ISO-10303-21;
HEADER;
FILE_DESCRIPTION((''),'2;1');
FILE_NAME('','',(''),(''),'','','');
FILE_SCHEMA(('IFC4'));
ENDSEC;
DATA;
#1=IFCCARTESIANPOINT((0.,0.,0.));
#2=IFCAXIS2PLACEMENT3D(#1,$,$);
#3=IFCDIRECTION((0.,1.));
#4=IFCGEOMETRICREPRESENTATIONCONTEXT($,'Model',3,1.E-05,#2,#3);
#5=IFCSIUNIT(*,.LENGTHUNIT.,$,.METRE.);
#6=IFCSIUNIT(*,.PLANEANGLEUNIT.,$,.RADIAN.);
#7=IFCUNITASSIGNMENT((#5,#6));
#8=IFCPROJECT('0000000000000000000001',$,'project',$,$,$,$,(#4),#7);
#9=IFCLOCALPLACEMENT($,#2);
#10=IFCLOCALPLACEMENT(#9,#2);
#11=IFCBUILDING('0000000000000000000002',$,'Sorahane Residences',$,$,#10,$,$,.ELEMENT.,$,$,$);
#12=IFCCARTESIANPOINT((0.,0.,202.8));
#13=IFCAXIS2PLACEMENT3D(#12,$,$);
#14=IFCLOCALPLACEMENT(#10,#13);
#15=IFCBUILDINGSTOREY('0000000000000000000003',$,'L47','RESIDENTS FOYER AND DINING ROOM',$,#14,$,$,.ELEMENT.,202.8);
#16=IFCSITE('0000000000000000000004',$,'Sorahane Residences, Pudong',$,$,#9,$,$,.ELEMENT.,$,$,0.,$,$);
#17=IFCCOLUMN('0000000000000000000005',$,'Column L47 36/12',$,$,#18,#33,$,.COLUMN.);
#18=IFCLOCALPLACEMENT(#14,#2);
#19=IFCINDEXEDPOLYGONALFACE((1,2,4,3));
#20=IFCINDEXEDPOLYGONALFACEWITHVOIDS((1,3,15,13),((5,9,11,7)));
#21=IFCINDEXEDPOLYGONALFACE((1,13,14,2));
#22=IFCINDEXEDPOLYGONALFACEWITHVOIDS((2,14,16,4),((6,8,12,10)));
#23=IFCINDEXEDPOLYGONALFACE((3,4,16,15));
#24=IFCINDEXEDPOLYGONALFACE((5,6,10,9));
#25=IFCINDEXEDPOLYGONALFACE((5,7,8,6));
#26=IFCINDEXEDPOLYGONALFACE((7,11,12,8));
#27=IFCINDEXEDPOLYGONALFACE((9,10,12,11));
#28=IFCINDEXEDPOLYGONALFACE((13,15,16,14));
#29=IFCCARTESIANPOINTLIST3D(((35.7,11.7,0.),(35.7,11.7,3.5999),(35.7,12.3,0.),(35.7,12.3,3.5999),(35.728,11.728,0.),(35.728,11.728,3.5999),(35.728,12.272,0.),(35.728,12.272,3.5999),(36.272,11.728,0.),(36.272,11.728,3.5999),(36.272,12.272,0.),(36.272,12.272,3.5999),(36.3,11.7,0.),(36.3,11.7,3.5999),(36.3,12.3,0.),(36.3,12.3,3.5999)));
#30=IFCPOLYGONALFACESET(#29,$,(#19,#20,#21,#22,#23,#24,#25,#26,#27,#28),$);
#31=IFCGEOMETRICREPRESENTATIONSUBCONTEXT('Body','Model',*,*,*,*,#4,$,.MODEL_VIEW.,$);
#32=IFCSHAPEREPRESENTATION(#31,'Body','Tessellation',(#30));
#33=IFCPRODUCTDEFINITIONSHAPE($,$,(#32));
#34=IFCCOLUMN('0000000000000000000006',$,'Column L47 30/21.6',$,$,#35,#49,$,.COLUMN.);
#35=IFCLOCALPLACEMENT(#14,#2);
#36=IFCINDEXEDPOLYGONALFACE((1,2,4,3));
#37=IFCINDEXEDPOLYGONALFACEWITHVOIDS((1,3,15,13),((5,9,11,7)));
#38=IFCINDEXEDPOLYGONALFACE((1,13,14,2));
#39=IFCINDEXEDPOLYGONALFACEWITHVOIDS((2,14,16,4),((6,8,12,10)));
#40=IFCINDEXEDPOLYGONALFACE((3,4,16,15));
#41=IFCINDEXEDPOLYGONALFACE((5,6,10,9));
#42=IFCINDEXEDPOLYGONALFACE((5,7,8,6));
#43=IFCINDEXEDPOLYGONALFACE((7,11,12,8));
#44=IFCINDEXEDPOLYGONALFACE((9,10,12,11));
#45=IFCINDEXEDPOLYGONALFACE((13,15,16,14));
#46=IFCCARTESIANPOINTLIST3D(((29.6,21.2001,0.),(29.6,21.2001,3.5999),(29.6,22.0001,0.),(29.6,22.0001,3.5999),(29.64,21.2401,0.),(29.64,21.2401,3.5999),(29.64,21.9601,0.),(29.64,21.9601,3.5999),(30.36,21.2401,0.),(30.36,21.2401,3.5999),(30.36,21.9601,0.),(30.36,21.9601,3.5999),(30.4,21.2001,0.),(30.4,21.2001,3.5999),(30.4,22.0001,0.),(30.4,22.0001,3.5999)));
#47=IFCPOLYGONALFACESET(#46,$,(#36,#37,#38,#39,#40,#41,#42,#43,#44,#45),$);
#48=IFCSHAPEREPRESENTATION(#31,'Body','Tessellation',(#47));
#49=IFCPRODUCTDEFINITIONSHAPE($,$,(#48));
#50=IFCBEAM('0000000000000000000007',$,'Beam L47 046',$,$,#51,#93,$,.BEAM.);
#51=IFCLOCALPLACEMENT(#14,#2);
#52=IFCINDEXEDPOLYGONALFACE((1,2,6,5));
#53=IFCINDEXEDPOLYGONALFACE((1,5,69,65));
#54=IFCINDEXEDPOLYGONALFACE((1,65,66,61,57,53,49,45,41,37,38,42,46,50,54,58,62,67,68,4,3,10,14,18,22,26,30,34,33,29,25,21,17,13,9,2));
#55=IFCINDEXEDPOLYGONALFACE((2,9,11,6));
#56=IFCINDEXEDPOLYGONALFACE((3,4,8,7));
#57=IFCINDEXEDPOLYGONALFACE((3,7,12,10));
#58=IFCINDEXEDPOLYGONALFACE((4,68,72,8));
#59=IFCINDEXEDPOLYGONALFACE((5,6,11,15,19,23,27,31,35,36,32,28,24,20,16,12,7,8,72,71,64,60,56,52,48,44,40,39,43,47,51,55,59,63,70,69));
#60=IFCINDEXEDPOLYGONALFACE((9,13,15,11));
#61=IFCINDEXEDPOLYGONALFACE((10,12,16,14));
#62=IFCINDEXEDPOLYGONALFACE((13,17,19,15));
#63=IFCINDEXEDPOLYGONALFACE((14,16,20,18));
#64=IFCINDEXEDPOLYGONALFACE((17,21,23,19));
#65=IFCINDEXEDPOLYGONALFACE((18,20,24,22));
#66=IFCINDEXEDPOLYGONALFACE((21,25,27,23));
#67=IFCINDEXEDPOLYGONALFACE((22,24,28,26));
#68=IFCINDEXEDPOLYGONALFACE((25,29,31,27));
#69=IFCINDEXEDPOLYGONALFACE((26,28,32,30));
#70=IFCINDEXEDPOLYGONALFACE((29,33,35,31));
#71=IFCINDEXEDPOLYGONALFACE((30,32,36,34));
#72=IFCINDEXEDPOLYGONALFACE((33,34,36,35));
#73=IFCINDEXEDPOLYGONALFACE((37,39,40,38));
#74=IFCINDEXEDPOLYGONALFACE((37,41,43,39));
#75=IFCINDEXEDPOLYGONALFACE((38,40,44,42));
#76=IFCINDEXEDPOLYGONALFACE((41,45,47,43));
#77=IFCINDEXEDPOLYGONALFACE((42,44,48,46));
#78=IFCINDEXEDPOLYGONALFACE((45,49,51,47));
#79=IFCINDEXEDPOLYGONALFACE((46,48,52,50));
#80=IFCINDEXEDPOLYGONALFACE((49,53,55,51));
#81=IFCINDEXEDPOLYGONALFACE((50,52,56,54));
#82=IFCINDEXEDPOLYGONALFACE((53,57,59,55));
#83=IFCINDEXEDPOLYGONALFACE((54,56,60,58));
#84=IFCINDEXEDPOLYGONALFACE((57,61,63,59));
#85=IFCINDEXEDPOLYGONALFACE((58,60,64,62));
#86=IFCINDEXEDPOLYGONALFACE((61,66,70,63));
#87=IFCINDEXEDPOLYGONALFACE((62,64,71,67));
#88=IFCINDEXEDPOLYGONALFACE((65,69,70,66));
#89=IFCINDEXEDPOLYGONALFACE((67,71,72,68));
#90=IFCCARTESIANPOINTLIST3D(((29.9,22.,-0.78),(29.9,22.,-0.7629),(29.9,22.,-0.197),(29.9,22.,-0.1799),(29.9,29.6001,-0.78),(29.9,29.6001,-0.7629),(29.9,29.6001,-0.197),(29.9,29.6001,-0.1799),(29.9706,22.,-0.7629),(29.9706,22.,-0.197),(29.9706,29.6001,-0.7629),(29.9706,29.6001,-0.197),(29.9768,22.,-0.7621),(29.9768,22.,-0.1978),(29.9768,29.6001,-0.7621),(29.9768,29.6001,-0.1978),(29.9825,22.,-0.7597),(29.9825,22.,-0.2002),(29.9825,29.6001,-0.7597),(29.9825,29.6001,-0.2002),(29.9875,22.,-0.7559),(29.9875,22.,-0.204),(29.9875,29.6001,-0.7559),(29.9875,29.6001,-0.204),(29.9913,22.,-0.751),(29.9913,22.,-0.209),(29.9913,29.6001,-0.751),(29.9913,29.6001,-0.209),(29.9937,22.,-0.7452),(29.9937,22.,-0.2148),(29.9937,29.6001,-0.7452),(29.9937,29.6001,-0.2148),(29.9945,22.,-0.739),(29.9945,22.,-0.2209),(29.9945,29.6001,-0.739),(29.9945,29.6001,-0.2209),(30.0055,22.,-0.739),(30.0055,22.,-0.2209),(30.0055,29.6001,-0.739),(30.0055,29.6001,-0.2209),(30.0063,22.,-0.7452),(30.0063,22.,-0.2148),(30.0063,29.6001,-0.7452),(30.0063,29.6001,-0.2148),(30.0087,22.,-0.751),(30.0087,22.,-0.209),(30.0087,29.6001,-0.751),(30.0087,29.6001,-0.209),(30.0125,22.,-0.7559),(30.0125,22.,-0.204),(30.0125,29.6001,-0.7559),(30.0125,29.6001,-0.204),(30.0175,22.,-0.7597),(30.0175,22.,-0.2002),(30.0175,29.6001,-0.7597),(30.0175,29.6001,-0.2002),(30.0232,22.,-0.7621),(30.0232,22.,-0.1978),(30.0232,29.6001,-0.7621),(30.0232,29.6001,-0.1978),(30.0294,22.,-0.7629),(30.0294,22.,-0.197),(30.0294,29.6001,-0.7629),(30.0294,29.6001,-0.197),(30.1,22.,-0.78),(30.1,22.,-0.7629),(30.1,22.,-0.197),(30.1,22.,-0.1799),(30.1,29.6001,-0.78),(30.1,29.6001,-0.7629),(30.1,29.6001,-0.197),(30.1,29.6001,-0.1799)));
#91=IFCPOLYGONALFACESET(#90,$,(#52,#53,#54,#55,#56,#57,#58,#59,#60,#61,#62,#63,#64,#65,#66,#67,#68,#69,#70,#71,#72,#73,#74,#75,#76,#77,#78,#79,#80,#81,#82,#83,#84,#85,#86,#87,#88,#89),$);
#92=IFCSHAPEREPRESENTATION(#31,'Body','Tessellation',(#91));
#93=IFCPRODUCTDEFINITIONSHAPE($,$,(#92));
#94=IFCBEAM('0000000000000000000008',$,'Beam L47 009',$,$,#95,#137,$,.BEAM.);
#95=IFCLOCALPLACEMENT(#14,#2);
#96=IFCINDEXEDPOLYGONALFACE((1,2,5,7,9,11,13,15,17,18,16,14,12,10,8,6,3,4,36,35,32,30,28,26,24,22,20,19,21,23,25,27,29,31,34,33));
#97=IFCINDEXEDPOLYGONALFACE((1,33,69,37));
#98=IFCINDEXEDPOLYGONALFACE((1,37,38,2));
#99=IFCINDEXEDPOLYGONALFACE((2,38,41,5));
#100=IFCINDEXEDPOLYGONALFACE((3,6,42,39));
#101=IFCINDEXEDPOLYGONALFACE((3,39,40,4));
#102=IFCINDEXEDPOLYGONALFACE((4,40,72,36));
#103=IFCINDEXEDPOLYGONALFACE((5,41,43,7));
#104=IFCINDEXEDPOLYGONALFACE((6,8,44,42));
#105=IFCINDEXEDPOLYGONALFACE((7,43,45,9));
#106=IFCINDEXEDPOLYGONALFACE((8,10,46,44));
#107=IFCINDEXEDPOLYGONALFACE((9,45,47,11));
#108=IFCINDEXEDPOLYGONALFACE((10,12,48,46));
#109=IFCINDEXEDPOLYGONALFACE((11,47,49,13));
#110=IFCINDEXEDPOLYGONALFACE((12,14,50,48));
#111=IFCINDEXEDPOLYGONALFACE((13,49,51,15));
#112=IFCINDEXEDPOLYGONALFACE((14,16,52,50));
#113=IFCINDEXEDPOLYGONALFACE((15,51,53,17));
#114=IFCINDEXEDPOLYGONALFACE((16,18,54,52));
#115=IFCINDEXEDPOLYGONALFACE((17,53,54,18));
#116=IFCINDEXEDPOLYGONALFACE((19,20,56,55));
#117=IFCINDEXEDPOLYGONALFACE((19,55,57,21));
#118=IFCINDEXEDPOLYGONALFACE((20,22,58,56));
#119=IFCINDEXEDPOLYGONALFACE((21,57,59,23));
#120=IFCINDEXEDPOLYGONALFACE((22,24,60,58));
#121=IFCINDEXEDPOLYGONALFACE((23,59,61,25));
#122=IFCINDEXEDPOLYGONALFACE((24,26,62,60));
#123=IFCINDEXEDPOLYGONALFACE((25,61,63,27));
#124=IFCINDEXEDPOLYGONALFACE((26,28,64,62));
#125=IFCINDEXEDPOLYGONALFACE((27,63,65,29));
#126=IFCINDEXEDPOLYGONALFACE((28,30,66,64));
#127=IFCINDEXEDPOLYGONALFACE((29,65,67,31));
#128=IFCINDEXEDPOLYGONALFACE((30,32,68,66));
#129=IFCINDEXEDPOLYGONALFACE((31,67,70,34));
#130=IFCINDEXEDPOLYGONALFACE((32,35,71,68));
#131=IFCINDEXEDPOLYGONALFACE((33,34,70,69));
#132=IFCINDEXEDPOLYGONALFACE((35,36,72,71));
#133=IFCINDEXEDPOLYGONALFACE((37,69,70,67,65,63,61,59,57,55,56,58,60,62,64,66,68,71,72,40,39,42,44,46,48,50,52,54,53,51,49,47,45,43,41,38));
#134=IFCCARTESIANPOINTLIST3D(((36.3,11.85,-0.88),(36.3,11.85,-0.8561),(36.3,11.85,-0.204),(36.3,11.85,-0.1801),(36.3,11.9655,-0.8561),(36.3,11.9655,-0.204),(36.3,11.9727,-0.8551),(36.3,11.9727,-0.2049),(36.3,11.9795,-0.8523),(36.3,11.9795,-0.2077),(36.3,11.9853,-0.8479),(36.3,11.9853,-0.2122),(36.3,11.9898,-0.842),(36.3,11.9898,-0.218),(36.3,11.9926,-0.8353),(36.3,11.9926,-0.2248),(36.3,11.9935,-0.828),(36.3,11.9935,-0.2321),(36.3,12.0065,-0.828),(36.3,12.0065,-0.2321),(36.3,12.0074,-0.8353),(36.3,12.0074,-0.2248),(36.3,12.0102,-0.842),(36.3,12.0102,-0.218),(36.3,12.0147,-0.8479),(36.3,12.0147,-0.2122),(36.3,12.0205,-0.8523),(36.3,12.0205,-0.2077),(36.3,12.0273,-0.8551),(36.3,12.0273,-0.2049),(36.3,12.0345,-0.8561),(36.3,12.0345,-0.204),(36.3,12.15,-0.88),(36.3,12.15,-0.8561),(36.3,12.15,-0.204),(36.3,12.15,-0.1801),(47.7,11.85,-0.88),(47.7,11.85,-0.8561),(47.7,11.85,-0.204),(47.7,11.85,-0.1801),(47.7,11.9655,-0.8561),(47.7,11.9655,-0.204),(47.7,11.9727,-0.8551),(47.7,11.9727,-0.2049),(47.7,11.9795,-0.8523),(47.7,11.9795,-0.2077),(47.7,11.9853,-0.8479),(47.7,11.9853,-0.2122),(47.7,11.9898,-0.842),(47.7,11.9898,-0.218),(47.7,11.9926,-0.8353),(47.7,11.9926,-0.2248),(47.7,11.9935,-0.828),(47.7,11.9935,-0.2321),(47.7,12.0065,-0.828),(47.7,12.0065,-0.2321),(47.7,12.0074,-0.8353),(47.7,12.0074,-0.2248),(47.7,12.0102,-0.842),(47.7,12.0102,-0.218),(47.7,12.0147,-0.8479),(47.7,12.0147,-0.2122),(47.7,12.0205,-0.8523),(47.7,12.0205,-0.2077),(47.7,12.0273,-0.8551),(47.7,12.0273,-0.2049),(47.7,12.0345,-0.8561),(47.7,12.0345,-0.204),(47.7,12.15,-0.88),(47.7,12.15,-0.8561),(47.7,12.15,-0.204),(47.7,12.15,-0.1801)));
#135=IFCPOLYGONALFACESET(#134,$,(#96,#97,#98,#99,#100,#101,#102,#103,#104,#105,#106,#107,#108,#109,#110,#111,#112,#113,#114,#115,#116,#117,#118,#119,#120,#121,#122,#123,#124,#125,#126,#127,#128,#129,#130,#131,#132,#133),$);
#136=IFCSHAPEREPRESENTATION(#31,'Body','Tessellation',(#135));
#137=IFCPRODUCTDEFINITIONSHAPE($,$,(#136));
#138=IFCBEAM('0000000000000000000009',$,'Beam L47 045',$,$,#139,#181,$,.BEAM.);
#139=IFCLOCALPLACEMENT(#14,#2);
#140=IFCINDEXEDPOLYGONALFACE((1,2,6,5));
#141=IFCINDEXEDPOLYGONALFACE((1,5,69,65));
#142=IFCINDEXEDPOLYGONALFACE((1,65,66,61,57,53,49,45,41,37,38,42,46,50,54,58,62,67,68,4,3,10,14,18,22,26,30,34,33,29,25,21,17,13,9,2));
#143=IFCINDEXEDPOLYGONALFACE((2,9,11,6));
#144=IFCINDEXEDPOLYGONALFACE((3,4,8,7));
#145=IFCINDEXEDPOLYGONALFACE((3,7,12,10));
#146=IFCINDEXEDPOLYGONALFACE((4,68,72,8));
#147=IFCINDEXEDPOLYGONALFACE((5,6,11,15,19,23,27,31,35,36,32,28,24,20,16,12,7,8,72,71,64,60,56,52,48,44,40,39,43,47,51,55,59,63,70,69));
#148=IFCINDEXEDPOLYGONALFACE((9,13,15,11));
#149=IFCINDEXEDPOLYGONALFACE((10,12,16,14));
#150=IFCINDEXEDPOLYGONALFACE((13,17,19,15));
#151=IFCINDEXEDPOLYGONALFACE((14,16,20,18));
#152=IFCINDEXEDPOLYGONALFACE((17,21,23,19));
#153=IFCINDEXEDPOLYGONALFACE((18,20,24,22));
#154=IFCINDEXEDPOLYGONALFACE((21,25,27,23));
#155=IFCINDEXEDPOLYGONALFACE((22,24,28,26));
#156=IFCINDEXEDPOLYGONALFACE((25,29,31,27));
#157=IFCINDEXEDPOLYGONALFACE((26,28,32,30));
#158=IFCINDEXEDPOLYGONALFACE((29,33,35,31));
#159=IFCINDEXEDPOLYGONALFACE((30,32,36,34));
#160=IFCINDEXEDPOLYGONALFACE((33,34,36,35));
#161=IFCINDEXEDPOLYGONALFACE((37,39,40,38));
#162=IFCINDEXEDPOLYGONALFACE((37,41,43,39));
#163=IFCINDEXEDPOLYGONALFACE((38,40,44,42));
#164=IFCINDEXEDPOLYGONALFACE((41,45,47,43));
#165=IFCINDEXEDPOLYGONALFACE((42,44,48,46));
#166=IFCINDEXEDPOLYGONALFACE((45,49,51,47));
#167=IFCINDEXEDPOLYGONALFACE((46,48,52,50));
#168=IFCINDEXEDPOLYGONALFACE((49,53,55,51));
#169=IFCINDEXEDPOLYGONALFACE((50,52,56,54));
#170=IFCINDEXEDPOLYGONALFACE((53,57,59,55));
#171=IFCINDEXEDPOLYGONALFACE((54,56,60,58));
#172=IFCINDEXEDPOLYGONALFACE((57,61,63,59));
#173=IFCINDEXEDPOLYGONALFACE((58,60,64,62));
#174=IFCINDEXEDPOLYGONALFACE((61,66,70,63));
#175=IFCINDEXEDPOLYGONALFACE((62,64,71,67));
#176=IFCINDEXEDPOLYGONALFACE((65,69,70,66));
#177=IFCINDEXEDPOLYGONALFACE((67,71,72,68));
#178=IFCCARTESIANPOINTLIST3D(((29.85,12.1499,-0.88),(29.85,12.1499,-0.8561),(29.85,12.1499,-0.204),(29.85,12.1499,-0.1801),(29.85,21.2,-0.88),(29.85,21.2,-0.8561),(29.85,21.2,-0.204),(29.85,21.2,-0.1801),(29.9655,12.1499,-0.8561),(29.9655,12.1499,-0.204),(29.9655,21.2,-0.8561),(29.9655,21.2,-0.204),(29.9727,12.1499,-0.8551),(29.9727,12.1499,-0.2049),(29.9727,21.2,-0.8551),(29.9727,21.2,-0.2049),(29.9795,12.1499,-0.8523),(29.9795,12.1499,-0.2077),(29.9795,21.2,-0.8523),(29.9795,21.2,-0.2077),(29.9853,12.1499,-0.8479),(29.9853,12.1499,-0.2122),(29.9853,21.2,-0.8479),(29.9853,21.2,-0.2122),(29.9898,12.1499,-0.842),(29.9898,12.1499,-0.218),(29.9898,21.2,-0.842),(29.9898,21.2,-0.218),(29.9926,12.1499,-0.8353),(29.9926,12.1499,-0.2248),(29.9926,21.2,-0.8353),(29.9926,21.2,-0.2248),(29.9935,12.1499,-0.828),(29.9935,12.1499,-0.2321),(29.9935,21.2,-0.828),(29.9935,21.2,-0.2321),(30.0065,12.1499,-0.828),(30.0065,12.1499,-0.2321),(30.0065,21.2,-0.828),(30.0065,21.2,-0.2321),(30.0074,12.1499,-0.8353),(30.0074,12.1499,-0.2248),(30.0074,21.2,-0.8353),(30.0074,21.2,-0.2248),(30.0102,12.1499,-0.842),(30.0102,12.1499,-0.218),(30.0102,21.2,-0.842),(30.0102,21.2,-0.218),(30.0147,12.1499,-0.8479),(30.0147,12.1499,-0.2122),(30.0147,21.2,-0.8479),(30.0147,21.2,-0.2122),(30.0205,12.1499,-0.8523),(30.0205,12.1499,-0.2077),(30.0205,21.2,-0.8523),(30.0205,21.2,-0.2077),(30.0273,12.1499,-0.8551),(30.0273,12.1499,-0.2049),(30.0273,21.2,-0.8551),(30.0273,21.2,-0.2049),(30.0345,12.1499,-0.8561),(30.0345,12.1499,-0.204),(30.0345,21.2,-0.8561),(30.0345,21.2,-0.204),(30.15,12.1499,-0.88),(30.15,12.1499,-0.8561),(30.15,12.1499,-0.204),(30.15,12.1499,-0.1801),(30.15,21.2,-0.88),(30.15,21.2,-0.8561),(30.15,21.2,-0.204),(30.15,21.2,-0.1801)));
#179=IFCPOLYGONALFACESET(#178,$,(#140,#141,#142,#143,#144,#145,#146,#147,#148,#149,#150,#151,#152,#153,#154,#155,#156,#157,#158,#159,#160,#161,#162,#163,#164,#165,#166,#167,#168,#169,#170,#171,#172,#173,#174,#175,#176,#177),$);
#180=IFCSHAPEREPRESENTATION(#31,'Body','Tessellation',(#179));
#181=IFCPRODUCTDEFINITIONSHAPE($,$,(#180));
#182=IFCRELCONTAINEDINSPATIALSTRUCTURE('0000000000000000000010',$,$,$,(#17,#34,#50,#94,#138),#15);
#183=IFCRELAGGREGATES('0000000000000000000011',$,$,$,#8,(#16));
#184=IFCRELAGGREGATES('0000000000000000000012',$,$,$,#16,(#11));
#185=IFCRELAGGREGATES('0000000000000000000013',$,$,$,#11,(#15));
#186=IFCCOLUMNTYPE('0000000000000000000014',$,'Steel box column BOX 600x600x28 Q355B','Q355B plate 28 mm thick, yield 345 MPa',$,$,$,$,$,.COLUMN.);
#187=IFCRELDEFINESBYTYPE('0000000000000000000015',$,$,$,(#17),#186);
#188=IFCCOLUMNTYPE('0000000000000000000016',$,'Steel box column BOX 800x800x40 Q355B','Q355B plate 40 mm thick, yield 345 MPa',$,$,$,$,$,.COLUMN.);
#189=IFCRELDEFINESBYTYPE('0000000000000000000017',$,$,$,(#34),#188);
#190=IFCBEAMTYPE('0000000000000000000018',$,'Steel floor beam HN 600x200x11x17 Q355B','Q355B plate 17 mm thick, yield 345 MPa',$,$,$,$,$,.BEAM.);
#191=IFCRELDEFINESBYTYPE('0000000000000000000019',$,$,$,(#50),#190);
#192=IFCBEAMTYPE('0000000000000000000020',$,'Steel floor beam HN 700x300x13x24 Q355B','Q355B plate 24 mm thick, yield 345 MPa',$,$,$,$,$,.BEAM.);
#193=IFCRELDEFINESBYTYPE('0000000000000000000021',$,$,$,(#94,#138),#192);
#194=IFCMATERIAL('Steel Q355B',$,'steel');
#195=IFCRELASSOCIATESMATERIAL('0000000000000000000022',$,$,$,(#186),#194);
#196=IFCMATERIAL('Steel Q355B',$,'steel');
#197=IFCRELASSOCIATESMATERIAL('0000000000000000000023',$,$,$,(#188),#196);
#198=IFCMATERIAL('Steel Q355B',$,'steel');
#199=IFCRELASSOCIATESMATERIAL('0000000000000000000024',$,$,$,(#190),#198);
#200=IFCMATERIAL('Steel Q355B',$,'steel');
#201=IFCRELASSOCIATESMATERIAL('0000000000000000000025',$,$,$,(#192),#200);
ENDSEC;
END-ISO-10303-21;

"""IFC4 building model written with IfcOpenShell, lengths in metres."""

from ifc_helpers import new_model, si_unit, direction, frame, origin, origin_2d, place, context, subcontext, project, spatial, hollow_rectangle, i_section, extrude, material, material_profile, profile_set, type_object, element, save


model = new_model("IFC4")

# Units and contexts
model_context = context("Model", 3, precision=1e-05, world=origin(), true_north=direction((0.0, 1.0)))
body_context = subcontext(model_context, "Body", "Model", "MODEL_VIEW")
ifc_project = project(units=[si_unit("LENGTHUNIT", "METRE"), si_unit("PLANEANGLEUNIT", "RADIAN")], contexts=[model_context])

# Site, building, storey
site_placement = place(None, origin())
site = spatial("IfcSite", under=ifc_project, at=site_placement, Name="Sorahane Residences, Pudong", CompositionType="ELEMENT", RefElevation=0.0)
building_placement = place(site_placement, origin())
building = spatial("IfcBuilding", under=site, at=building_placement, Name="Sorahane Residences", CompositionType="ELEMENT")
storey_placement = place(building_placement, frame((0.0, 0.0, 202.8)))
storey = spatial("IfcBuildingStorey", under=building, at=storey_placement, Name="L47", Description="RESIDENTS FOYER AND DINING ROOM", CompositionType="ELEMENT", Elevation=202.8)

# Columns
ifc_material_1 = material(Name="Steel Q355B", Category="steel")
ifc_material_profile_1 = material_profile(ifc_material_1, hollow_rectangle(XDim=0.6001, YDim=0.6001, WallThickness=0.0281, at=origin_2d()), Name="BOX 600x600x28")
ifc_profile_set_1 = profile_set([ifc_material_profile_1], Name="Steel Q355B")
column_type_1 = type_object("IfcColumnType", Name="Steel box column BOX 600x600x28 Q355B", Description="Q355B plate 28 mm thick, yield 345 MPa", PredefinedType="COLUMN", material=ifc_profile_set_1)
column_1_placement = place(storey_placement, frame((36.0, 12.0, 0.0), z_axis=(0.0, 0.0, 1.0), x_axis=(1.0, 0.0, 0.0)))
element("IfcColumn", 1, at=column_1_placement, inside=storey, type_object=column_type_1, Name="Column L47 36/12", PredefinedType="COLUMN", context=body_context, shape_type="SweptSolid", body=[
    extrude(hollow_rectangle(XDim=0.6001, YDim=0.6001, WallThickness=0.0281, at=origin_2d()), origin(), (0.0, 0.0, 1.0), 3.5999),
])
ifc_material_2 = material(Name="Steel Q355B", Category="steel")
ifc_material_profile_2 = material_profile(ifc_material_2, hollow_rectangle(XDim=0.8, YDim=0.8, WallThickness=0.04, at=origin_2d()), Name="BOX 800x800x40")
ifc_profile_set_2 = profile_set([ifc_material_profile_2], Name="Steel Q355B")
column_type_2 = type_object("IfcColumnType", Name="Steel box column BOX 800x800x40 Q355B", Description="Q355B plate 40 mm thick, yield 345 MPa", PredefinedType="COLUMN", material=ifc_profile_set_2)
column_2_placement = place(storey_placement, frame((30.0, 21.6001, 0.0), z_axis=(0.0, 0.0, 1.0), x_axis=(1.0, 0.0, 0.0)))
element("IfcColumn", 2, at=column_2_placement, inside=storey, type_object=column_type_2, Name="Column L47 30/21.6", PredefinedType="COLUMN", context=body_context, shape_type="SweptSolid", body=[
    extrude(hollow_rectangle(XDim=0.8, YDim=0.8, WallThickness=0.04, at=origin_2d()), origin(), (0.0, 0.0, 1.0), 3.5999),
])

# Beams
ifc_material_3 = material(Name="Steel Q355B", Category="steel")
ifc_material_profile_3 = material_profile(ifc_material_3, i_section(OverallWidth=0.2, OverallDepth=0.6001, WebThickness=0.011, FlangeThickness=0.0171, FilletRadius=0.0239, at=origin_2d()), Name="HN 600x200x11x17")
ifc_profile_set_3 = profile_set([ifc_material_profile_3], Name="Steel Q355B")
beam_type_1 = type_object("IfcBeamType", Name="Steel floor beam HN 600x200x11x17 Q355B", Description="Q355B plate 17 mm thick, yield 345 MPa", PredefinedType="BEAM", material=ifc_profile_set_3)
beam_1_placement = place(storey_placement, frame((30.0, 22.0, -0.48), z_axis=(0.0, 1.0, 0.0), x_axis=(-1.0, 0.0, 0.0)))
element("IfcBeam", 3, at=beam_1_placement, inside=storey, type_object=beam_type_1, Name="Beam L47 046", PredefinedType="BEAM", context=body_context, shape_type="SweptSolid", body=[
    extrude(i_section(OverallWidth=0.2, OverallDepth=0.6001, WebThickness=0.011, FlangeThickness=0.0171, FilletRadius=0.0239, at=origin_2d()), origin(), (0.0, 0.0, 1.0), 7.6001),
])
ifc_material_4 = material(Name="Steel Q355B", Category="steel")
ifc_material_profile_4 = material_profile(ifc_material_4, i_section(OverallWidth=0.3, OverallDepth=0.7, WebThickness=0.0129, FlangeThickness=0.0239, FilletRadius=0.0281, at=origin_2d()), Name="HN 700x300x13x24")
ifc_profile_set_4 = profile_set([ifc_material_profile_4], Name="Steel Q355B")
beam_type_2 = type_object("IfcBeamType", Name="Steel floor beam HN 700x300x13x24 Q355B", Description="Q355B plate 24 mm thick, yield 345 MPa", PredefinedType="BEAM", material=ifc_profile_set_4)
beam_2_placement = place(storey_placement, frame((36.3, 12.0, -0.53), z_axis=(1.0, 0.0, 0.0), x_axis=(0.0, 1.0, 0.0)))
element("IfcBeam", 4, at=beam_2_placement, inside=storey, type_object=beam_type_2, Name="Beam L47 009", PredefinedType="BEAM", context=body_context, shape_type="SweptSolid", body=[
    extrude(i_section(OverallWidth=0.3, OverallDepth=0.7, WebThickness=0.0129, FlangeThickness=0.0239, FilletRadius=0.0281, at=origin_2d()), origin(), (0.0, 0.0, 1.0), 11.3999),
])
beam_3_placement = place(storey_placement, frame((30.0, 12.1499, -0.53), z_axis=(0.0, 1.0, 0.0), x_axis=(-1.0, 0.0, 0.0)))
element("IfcBeam", 5, at=beam_3_placement, inside=storey, type_object=beam_type_2, Name="Beam L47 045", PredefinedType="BEAM", context=body_context, shape_type="SweptSolid", body=[
    extrude(i_section(OverallWidth=0.3, OverallDepth=0.7, WebThickness=0.0129, FlangeThickness=0.0239, FilletRadius=0.0281, at=origin_2d()), origin(), (0.0, 0.0, 1.0), 9.05),
])

save(model, "model.ifc")
